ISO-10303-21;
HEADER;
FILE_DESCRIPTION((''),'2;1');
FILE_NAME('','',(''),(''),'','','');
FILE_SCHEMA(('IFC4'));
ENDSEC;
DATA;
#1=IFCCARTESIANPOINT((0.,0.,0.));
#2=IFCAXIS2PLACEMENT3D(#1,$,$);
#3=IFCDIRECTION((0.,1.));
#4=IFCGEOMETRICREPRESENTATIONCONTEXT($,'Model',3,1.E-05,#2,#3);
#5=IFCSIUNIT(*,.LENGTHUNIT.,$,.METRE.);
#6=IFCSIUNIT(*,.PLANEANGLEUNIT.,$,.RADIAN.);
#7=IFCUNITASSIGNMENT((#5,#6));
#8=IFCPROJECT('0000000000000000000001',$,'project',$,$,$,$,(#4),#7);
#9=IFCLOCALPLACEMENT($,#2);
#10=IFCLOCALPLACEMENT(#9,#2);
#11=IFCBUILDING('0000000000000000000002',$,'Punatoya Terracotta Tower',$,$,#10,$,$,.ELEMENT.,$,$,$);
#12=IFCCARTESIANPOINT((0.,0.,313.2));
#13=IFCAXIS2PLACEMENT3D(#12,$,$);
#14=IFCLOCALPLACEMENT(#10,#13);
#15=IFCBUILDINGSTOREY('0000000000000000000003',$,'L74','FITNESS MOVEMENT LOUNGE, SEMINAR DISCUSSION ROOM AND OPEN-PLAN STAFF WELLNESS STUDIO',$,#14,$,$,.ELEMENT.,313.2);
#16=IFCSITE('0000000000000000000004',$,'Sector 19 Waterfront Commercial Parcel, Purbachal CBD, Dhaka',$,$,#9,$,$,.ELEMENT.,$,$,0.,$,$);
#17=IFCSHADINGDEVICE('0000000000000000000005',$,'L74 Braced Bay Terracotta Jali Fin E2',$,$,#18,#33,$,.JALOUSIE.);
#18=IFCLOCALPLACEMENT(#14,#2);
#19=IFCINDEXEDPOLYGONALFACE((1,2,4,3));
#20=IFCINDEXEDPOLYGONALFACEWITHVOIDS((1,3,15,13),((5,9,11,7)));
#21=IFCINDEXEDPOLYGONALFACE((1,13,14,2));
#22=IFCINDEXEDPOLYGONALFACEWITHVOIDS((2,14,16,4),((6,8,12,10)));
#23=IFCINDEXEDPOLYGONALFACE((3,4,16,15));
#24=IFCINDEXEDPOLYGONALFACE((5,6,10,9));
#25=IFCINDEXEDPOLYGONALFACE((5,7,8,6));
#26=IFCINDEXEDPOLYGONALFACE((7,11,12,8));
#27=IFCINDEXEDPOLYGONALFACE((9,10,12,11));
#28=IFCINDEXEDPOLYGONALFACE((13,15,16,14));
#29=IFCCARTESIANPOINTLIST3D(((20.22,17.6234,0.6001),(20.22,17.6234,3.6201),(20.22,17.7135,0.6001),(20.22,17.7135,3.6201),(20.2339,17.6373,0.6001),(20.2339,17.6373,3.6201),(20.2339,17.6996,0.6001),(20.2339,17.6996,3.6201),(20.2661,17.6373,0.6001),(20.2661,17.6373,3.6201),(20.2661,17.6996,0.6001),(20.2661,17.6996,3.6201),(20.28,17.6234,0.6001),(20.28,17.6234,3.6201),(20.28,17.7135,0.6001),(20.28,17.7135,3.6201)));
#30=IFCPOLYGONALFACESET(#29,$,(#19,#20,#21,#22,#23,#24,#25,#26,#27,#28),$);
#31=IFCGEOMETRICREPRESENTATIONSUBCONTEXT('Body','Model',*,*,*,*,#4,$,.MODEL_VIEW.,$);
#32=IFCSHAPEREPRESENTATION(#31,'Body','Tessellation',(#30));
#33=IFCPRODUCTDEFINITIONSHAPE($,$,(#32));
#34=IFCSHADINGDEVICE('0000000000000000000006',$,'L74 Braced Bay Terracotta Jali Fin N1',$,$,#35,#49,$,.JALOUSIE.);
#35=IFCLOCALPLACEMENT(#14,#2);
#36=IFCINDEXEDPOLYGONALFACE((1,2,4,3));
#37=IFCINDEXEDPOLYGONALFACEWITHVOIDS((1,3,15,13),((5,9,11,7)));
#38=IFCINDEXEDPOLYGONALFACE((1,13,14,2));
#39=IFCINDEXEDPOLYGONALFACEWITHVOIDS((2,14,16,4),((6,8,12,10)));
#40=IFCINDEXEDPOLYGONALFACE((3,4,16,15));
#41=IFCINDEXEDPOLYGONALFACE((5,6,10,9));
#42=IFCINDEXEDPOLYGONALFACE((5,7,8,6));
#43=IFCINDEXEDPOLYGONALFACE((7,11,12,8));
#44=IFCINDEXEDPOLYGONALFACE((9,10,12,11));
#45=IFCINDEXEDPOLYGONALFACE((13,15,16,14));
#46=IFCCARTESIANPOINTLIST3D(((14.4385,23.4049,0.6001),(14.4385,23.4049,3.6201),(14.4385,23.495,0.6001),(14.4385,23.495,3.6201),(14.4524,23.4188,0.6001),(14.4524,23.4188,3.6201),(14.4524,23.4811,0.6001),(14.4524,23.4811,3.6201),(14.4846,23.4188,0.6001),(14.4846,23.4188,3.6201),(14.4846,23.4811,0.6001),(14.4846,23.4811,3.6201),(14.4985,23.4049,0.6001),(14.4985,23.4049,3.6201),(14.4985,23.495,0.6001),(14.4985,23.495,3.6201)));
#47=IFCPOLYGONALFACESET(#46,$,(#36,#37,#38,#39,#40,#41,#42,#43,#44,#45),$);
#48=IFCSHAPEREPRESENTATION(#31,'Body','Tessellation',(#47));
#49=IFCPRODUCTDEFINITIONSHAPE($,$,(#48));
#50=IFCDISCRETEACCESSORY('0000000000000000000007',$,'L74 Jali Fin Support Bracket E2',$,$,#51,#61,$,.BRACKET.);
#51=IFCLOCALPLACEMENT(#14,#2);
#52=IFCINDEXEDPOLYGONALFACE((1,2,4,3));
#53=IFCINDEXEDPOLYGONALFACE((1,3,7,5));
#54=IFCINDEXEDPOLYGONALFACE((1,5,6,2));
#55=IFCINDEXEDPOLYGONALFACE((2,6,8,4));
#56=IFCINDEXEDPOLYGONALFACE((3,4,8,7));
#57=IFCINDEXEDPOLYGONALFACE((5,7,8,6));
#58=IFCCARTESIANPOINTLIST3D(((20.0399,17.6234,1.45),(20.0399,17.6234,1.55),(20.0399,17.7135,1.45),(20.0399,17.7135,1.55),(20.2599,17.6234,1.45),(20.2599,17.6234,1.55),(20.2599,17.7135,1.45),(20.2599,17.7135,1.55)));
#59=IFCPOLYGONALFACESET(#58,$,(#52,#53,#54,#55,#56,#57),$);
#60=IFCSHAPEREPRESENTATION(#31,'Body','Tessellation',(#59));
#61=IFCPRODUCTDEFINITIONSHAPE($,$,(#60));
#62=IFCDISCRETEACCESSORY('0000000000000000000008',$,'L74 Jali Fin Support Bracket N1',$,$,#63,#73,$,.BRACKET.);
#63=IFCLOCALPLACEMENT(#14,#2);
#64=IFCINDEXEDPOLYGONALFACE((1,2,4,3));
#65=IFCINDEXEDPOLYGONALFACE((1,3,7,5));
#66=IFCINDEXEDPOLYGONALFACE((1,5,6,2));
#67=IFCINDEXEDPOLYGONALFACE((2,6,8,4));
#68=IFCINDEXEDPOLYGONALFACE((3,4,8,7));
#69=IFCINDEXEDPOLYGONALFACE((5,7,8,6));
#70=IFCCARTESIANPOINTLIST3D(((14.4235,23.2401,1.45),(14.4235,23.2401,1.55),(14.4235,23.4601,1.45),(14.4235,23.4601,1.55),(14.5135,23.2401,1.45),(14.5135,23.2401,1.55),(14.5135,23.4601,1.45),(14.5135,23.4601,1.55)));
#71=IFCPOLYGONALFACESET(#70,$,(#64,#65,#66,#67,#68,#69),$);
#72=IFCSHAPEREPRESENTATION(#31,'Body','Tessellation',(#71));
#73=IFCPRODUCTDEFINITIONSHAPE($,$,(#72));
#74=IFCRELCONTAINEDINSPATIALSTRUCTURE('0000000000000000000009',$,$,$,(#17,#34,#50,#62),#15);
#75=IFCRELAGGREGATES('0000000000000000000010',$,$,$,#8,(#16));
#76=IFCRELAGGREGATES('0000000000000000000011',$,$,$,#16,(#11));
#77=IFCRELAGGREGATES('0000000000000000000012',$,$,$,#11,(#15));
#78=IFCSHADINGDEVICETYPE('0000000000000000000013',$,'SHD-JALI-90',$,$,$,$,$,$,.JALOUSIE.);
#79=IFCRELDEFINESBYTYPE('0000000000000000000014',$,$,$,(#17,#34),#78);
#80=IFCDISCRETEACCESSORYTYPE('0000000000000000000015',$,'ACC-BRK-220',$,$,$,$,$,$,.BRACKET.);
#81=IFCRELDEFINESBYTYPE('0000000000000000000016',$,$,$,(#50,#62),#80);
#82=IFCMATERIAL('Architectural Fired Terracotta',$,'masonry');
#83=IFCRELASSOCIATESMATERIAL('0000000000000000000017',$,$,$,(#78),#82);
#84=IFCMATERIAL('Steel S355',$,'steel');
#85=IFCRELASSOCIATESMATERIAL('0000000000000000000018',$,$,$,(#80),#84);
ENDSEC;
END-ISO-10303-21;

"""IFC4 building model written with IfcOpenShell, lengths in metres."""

from ifc_helpers import new_model, si_unit, direction, frame, origin, origin_2d, place, context, subcontext, project, spatial, rectangle, hollow_rectangle, extrude, material, material_profile, profile_set, type_object, element, save


model = new_model("IFC4")

# Units and contexts
model_context = context("Model", 3, precision=1e-05, world=origin(), true_north=direction((0.0, 1.0)))
body_context = subcontext(model_context, "Body", "Model", "MODEL_VIEW")
ifc_project = project(units=[si_unit("LENGTHUNIT", "METRE"), si_unit("PLANEANGLEUNIT", "RADIAN")], contexts=[model_context])

# Site, building, storey
site_placement = place(None, origin())
site = spatial("IfcSite", under=ifc_project, at=site_placement, Name="Sector 19 Waterfront Commercial Parcel, Purbachal CBD, Dhaka", CompositionType="ELEMENT", RefElevation=0.0)
building_placement = place(site_placement, origin())
building = spatial("IfcBuilding", under=site, at=building_placement, Name="Punatoya Terracotta Tower", CompositionType="ELEMENT")
storey_placement = place(building_placement, frame((0.0, 0.0, 313.2)))
storey = spatial("IfcBuildingStorey", under=building, at=storey_placement, Name="L74", Description="FITNESS MOVEMENT LOUNGE, SEMINAR DISCUSSION ROOM AND OPEN-PLAN STAFF WELLNESS STUDIO", CompositionType="ELEMENT", Elevation=313.2)

# Shared definitions
ifc_material_1 = material(Name="Steel S355", Category="steel")

# Shading devices
ifc_material_2 = material(Name="Architectural Fired Terracotta", Category="masonry")
ifc_material_profile_1 = material_profile(ifc_material_2, hollow_rectangle(XDim=0.0601, YDim=0.0901, WallThickness=0.0139, at=origin_2d()))
ifc_profile_set_1 = profile_set([ifc_material_profile_1], Name="Architectural Fired Terracotta")
shading_device_type = type_object("IfcShadingDeviceType", Name="SHD-JALI-90", PredefinedType="JALOUSIE", material=ifc_profile_set_1)
for number, where, z_axis, x_axis, name in (
    (1, (20.25, 17.6685, 0.6001), (0.0, 0.0, 1.0), (1.0, 0.0, 0.0), "L74 Braced Bay Terracotta Jali Fin E2"),
    (2, (14.4685, 23.45, 0.6001), (0.0, 0.0, 1.0), (1.0, 0.0, 0.0), "L74 Braced Bay Terracotta Jali Fin N1"),
):
    element("IfcShadingDevice", number, at=place(storey_placement, frame(where, z_axis=z_axis, x_axis=x_axis)), inside=storey, type_object=shading_device_type, Name=name, PredefinedType="JALOUSIE", context=body_context, shape_type="SweptSolid", body=[
        extrude(hollow_rectangle(XDim=0.0601, YDim=0.0901, WallThickness=0.0139, at=origin_2d()), origin(), (0.0, 0.0, 1.0), 3.02),
    ])

# Discrete accessories
discrete_accessory_type = type_object("IfcDiscreteAccessoryType", Name="ACC-BRK-220", PredefinedType="BRACKET", material=ifc_material_1)
for number, where, z_axis, x_axis, name in (
    (3, (20.1499, 17.6685, 1.45), (0.0, 0.0, 1.0), (0.0, 1.0, 0.0), "L74 Jali Fin Support Bracket E2"),
    (4, (14.4685, 23.3501, 1.45), (0.0, 0.0, 1.0), (-1.0, 0.0, 0.0), "L74 Jali Fin Support Bracket N1"),
):
    element("IfcDiscreteAccessory", number, at=place(storey_placement, frame(where, z_axis=z_axis, x_axis=x_axis)), inside=storey, type_object=discrete_accessory_type, Name=name, PredefinedType="BRACKET", context=body_context, shape_type="SweptSolid", body=[
        extrude(rectangle(XDim=0.0901, YDim=0.22, at=origin_2d()), origin(), (0.0, 0.0, 1.0), 0.1001),
    ])

save(model, "model.ifc")
